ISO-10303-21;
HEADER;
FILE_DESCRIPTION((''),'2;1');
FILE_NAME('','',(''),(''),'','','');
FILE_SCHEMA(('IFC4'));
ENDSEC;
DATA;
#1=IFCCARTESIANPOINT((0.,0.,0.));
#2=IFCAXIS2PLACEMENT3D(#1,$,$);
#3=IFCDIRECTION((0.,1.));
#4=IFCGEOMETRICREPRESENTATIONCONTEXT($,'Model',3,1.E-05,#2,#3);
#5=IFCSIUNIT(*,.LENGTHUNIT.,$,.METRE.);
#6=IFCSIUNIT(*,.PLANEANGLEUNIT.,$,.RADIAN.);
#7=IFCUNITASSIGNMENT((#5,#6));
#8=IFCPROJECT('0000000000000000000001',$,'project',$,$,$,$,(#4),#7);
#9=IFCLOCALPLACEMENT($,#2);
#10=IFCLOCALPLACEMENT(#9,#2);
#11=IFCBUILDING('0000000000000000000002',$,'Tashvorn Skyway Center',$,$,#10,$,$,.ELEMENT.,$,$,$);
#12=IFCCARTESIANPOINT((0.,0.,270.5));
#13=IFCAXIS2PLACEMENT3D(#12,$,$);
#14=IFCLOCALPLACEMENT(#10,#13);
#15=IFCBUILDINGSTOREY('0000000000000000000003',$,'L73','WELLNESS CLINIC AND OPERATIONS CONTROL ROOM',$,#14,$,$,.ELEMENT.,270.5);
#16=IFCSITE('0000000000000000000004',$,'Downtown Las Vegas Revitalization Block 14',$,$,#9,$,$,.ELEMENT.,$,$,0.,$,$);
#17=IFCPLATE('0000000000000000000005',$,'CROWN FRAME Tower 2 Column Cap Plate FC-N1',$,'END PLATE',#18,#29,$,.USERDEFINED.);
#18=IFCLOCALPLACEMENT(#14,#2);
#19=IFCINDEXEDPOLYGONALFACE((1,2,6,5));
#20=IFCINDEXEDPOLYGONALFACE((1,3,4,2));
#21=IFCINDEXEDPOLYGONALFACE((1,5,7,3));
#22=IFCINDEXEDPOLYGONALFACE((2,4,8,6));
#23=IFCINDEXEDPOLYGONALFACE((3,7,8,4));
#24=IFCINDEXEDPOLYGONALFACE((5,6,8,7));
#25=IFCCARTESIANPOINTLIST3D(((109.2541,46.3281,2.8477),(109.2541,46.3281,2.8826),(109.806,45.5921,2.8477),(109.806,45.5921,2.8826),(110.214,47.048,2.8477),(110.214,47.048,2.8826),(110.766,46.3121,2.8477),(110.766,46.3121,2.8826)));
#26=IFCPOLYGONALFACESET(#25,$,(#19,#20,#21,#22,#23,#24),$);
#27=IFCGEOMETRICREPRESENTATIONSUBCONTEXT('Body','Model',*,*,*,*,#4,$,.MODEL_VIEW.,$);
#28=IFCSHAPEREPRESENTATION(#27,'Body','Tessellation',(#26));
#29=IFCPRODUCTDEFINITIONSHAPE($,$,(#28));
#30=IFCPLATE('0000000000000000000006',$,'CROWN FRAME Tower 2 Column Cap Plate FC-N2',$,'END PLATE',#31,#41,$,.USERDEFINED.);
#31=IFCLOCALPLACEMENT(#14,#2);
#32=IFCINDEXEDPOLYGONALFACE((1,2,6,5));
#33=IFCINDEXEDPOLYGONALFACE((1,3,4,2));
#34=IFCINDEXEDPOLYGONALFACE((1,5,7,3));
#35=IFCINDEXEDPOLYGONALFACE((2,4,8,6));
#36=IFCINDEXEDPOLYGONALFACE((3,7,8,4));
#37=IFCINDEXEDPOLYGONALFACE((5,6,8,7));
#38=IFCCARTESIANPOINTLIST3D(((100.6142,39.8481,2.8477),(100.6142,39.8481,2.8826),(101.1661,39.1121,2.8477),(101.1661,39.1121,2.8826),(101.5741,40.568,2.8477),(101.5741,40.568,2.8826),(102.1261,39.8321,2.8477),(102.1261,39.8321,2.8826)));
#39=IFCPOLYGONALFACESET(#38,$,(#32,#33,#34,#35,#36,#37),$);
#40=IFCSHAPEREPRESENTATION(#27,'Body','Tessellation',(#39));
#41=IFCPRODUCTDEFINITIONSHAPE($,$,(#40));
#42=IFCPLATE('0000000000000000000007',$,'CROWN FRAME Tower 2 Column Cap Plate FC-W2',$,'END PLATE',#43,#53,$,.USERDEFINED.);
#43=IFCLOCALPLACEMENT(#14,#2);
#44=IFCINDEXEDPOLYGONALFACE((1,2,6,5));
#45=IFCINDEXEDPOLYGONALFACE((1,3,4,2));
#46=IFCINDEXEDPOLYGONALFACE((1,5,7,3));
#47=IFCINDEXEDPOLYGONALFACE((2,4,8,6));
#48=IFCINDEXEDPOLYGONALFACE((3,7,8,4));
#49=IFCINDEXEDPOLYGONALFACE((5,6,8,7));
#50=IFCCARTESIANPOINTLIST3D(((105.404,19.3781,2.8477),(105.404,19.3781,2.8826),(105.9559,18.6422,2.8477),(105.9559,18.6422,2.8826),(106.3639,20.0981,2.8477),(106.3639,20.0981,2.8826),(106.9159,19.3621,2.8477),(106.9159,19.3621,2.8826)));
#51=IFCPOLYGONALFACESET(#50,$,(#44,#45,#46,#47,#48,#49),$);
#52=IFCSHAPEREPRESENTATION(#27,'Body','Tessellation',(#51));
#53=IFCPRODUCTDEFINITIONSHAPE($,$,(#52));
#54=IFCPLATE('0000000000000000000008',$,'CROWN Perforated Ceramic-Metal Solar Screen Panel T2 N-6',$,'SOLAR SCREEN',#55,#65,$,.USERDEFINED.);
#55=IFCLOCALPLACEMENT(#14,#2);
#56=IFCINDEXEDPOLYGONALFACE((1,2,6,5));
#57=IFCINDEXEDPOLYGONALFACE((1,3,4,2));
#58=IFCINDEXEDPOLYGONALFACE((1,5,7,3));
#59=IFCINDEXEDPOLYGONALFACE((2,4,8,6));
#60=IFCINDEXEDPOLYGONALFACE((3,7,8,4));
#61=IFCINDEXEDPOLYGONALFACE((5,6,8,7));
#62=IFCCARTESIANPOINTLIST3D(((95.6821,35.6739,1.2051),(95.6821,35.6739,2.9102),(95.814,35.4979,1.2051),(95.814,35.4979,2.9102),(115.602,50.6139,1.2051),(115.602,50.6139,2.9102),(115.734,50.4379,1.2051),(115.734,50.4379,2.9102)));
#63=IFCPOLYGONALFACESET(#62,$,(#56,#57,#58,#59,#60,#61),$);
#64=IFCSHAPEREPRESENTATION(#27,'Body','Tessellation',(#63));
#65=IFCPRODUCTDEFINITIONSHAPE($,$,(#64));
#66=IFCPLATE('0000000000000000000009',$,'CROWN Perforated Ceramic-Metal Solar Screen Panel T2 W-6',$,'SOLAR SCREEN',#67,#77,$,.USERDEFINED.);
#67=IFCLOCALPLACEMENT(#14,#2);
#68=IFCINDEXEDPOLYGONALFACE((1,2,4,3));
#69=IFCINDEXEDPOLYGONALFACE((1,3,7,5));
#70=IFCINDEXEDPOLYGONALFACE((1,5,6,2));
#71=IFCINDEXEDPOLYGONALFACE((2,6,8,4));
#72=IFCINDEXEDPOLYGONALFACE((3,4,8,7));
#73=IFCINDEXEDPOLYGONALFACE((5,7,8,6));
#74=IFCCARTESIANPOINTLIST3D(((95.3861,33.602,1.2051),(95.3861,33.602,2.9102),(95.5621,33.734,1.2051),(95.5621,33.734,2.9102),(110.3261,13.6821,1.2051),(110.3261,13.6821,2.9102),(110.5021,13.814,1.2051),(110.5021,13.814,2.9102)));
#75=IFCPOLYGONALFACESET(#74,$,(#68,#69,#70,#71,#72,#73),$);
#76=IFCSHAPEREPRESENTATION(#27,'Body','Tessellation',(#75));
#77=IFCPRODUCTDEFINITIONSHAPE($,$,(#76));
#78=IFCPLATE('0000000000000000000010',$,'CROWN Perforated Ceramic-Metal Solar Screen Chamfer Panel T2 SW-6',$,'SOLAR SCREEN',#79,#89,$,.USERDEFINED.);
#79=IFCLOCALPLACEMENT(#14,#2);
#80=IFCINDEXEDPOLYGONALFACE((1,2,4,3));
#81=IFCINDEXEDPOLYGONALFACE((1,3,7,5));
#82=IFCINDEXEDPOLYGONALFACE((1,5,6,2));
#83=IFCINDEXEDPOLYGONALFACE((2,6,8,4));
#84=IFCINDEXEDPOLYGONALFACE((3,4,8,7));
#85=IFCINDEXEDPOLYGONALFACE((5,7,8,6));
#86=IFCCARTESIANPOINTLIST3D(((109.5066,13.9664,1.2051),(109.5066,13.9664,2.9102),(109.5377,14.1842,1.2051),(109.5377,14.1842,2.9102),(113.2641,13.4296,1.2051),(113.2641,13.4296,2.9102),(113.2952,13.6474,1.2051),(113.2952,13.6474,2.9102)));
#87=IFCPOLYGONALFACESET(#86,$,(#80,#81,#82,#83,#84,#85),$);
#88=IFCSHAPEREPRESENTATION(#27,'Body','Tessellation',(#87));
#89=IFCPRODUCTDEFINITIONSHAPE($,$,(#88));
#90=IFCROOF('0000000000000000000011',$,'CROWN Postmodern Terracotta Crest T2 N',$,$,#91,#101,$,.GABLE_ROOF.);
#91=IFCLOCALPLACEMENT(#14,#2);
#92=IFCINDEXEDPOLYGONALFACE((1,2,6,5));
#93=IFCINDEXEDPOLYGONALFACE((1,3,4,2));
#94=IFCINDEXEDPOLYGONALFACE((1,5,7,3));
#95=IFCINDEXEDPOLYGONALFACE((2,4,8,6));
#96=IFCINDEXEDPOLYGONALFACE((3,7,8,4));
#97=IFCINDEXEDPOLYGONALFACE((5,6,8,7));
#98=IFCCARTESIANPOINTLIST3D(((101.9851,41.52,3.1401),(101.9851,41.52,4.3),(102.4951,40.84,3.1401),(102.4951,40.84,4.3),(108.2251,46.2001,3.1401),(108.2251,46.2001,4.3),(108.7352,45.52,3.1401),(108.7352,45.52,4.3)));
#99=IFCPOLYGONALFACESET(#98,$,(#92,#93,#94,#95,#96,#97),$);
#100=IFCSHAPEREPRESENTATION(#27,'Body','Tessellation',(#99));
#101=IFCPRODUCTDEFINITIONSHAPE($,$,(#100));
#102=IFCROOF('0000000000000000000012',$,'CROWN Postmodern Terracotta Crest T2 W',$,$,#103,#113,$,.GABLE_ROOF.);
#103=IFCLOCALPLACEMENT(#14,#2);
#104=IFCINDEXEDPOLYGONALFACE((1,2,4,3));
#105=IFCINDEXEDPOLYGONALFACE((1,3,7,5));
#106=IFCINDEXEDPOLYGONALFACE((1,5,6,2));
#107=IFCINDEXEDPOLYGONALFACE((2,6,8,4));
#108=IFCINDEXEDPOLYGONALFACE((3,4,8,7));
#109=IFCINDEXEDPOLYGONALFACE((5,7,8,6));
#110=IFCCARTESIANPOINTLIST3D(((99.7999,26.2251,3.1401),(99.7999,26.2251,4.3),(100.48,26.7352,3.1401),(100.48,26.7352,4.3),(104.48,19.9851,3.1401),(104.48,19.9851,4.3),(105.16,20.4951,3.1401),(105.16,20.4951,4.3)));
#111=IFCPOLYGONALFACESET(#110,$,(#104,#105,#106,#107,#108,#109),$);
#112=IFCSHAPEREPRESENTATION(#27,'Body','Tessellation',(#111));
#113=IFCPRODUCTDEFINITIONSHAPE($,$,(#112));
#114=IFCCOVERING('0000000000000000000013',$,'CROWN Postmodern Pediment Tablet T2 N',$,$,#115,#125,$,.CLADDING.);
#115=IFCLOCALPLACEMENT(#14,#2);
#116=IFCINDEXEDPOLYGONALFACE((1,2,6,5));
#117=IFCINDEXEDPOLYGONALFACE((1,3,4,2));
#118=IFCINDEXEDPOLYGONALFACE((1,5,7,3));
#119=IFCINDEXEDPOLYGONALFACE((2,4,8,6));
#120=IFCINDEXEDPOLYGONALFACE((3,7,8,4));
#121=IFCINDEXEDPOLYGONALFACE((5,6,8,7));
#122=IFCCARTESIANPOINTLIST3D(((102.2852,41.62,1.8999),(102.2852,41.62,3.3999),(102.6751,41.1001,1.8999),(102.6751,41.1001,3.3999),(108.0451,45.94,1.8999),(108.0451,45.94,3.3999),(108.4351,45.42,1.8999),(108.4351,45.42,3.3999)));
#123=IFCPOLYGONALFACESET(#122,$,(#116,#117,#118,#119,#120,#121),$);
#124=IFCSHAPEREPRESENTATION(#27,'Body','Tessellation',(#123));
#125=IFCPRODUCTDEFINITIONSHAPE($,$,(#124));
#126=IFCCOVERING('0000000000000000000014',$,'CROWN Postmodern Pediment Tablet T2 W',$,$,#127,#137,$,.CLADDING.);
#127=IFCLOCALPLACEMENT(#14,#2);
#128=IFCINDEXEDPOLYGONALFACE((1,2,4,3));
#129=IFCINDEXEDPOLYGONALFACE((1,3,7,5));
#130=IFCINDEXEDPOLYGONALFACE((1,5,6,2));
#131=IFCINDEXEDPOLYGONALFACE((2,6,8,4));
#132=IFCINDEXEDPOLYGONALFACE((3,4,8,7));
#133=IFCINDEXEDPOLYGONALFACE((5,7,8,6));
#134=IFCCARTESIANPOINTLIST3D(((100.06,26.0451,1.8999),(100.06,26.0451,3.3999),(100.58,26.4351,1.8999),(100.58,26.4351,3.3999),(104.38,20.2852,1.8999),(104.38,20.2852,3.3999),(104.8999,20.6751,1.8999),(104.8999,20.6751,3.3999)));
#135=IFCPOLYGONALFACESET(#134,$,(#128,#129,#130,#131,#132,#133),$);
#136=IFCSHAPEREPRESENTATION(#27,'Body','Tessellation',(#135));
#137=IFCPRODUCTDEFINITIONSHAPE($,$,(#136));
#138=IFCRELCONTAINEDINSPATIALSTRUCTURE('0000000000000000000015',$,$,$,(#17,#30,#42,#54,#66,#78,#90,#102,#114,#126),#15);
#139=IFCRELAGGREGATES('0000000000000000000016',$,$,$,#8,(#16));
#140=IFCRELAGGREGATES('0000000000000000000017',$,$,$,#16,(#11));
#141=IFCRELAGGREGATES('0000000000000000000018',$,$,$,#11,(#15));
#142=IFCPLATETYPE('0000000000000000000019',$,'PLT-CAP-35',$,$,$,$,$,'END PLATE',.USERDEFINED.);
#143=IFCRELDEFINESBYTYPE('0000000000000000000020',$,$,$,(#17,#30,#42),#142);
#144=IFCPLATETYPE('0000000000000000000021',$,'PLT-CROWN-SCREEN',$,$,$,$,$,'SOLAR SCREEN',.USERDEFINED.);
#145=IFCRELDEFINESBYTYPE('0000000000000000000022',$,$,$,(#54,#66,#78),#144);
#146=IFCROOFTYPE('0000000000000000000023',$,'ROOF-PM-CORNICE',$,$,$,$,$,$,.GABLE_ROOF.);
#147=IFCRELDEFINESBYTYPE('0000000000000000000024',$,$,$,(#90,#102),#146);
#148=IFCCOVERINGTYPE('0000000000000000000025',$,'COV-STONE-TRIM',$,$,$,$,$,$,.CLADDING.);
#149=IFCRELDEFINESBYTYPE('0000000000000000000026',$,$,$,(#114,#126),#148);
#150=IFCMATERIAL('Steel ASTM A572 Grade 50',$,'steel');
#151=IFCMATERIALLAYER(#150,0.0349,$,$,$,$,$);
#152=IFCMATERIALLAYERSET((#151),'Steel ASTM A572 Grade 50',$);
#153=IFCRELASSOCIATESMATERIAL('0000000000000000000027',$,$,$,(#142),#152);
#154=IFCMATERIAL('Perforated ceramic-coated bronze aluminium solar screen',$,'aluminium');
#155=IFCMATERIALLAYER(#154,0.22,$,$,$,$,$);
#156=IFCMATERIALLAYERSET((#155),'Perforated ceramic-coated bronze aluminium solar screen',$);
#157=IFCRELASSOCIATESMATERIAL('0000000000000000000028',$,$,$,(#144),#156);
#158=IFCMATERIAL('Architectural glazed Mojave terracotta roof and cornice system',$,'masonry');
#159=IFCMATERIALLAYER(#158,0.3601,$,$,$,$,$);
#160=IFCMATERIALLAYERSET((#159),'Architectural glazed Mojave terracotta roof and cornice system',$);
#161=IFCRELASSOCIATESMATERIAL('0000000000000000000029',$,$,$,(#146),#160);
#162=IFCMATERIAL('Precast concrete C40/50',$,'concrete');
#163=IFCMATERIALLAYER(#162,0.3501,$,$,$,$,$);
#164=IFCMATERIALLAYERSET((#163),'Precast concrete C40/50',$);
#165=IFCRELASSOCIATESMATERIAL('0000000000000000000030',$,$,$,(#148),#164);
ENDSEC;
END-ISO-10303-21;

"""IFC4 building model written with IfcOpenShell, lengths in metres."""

from ifc_helpers import new_model, si_unit, direction, frame, origin, origin_2d, place, context, subcontext, project, spatial, rectangle, extrude, material, layer, layer_set, type_object, element, save


model = new_model("IFC4")

# Units and contexts
model_context = context("Model", 3, precision=1e-05, world=origin(), true_north=direction((0.0, 1.0)))
body_context = subcontext(model_context, "Body", "Model", "MODEL_VIEW")
ifc_project = project(units=[si_unit("LENGTHUNIT", "METRE"), si_unit("PLANEANGLEUNIT", "RADIAN")], contexts=[model_context])

# Site, building, storey
site_placement = place(None, origin())
site = spatial("IfcSite", under=ifc_project, at=site_placement, Name="Downtown Las Vegas Revitalization Block 14", CompositionType="ELEMENT", RefElevation=0.0)
building_placement = place(site_placement, origin())
building = spatial("IfcBuilding", under=site, at=building_placement, Name="Tashvorn Skyway Center", CompositionType="ELEMENT")
storey_placement = place(building_placement, frame((0.0, 0.0, 270.5)))
storey = spatial("IfcBuildingStorey", under=building, at=storey_placement, Name="L73", Description="WELLNESS CLINIC AND OPERATIONS CONTROL ROOM", CompositionType="ELEMENT", Elevation=270.5)

# Shared definitions
ifc_material_1 = material(Name="Steel ASTM A572 Grade 50", Category="steel")

# Plates
ifc_layer_1 = layer(ifc_material_1, 0.0349)
ifc_layer_set_1 = layer_set([ifc_layer_1], Name="Steel ASTM A572 Grade 50")
plate_type_1 = type_object("IfcPlateType", Name="PLT-CAP-35", ElementType="END PLATE", PredefinedType="USERDEFINED", material=ifc_layer_set_1)
for number, where, z_axis, x_axis, name in (
    (1, (110.01, 46.3201, 2.8477), (0.0, 0.0, 1.0), (0.8, 0.6, 0.0), "CROWN FRAME Tower 2 Column Cap Plate FC-N1"),
    (2, (101.3701, 39.8401, 2.8477), (0.0, 0.0, 1.0), (0.8, 0.6, 0.0), "CROWN FRAME Tower 2 Column Cap Plate FC-N2"),
    (3, (106.1599, 19.3701, 2.8477), (0.0, 0.0, 1.0), (0.8, 0.6, 0.0), "CROWN FRAME Tower 2 Column Cap Plate FC-W2"),
):
    element("IfcPlate", number, at=place(storey_placement, frame(where, z_axis=z_axis, x_axis=x_axis)), inside=storey, type_object=plate_type_1, Name=name, ObjectType="END PLATE", PredefinedType="USERDEFINED", context=body_context, shape_type="SweptSolid", body=[
        extrude(rectangle(XDim=1.2, YDim=0.9199, at=origin_2d()), origin(), (0.0, 0.0, 1.0), 0.0349),
    ])
ifc_material_2 = material(Name="Perforated ceramic-coated bronze aluminium solar screen", Category="aluminium")
ifc_layer_2 = layer(ifc_material_2, 0.22)
ifc_layer_set_2 = layer_set([ifc_layer_2], Name="Perforated ceramic-coated bronze aluminium solar screen")
plate_type_2 = type_object("IfcPlateType", Name="PLT-CROWN-SCREEN", ElementType="SOLAR SCREEN", PredefinedType="USERDEFINED", material=ifc_layer_set_2)
for number, where, z_axis, x_axis, name in (
    (4, (105.708, 43.0559, 1.2051), (0.0, 0.0, 1.0), (-0.8, -0.6, 0.0), "CROWN Perforated Ceramic-Metal Solar Screen Panel T2 N-6"),
    (5, (102.9441, 23.708, 1.2051), (0.0, 0.0, 1.0), (0.6, -0.8, 0.0), "CROWN Perforated Ceramic-Metal Solar Screen Panel T2 W-6"),
):
    element("IfcPlate", number, at=place(storey_placement, frame(where, z_axis=z_axis, x_axis=x_axis)), inside=storey, type_object=plate_type_2, Name=name, ObjectType="SOLAR SCREEN", PredefinedType="USERDEFINED", context=body_context, shape_type="SweptSolid", body=[
        extrude(rectangle(XDim=24.8999, YDim=0.22, at=origin_2d()), origin(), (0.0, 0.0, 1.0), 1.7051),
    ])
plate_placement = place(storey_placement, frame((111.4009, 13.8069, 1.2051), z_axis=(0.0, 0.0, 1.0), x_axis=(-0.989949, 0.141421, 0.0)))
element("IfcPlate", 6, at=plate_placement, inside=storey, type_object=plate_type_2, Name="CROWN Perforated Ceramic-Metal Solar Screen Chamfer Panel T2 SW-6", ObjectType="SOLAR SCREEN", PredefinedType="USERDEFINED", context=body_context, shape_type="SweptSolid", body=[
    extrude(rectangle(XDim=3.7957, YDim=0.22, at=origin_2d()), origin(), (0.0, 0.0, 1.0), 1.7051),
])

# Roofs
ifc_material_3 = material(Name="Architectural glazed Mojave terracotta roof and cornice system", Category="masonry")
ifc_layer_3 = layer(ifc_material_3, 0.3601)
ifc_layer_set_3 = layer_set([ifc_layer_3], Name="Architectural glazed Mojave terracotta roof and cornice system")
roof_type = type_object("IfcRoofType", Name="ROOF-PM-CORNICE", PredefinedType="GABLE_ROOF", material=ifc_layer_set_3)
for number, where, z_axis, x_axis, name in (
    (7, (105.3601, 43.52, 3.1401), (0.0, 0.0, 1.0), (-0.8, -0.6, 0.0), "CROWN Postmodern Terracotta Crest T2 N"),
    (8, (102.48, 23.3601, 3.1401), (0.0, 0.0, 1.0), (0.6, -0.8, 0.0), "CROWN Postmodern Terracotta Crest T2 W"),
):
    element("IfcRoof", number, at=place(storey_placement, frame(where, z_axis=z_axis, x_axis=x_axis)), inside=storey, type_object=roof_type, Name=name, PredefinedType="GABLE_ROOF", context=body_context, shape_type="SweptSolid", body=[
        extrude(rectangle(XDim=7.8, YDim=0.8501, at=origin_2d()), origin(), (0.0, 0.0, 1.0), 1.1599),
    ])

# Coverings
ifc_material_4 = material(Name="Precast concrete C40/50", Category="concrete")
ifc_layer_4 = layer(ifc_material_4, 0.3501)
ifc_layer_set_4 = layer_set([ifc_layer_4], Name="Precast concrete C40/50")
covering_type = type_object("IfcCoveringType", Name="COV-STONE-TRIM", PredefinedType="CLADDING", material=ifc_layer_set_4)
for number, where, z_axis, x_axis, name in (
    (9, (105.3601, 43.52, 1.8999), (0.0, 0.0, 1.0), (-0.8, -0.6, 0.0), "CROWN Postmodern Pediment Tablet T2 N"),
    (10, (102.48, 23.3601, 1.8999), (0.0, 0.0, 1.0), (0.6, -0.8, 0.0), "CROWN Postmodern Pediment Tablet T2 W"),
):
    element("IfcCovering", number, at=place(storey_placement, frame(where, z_axis=z_axis, x_axis=x_axis)), inside=storey, type_object=covering_type, Name=name, PredefinedType="CLADDING", context=body_context, shape_type="SweptSolid", body=[
        extrude(rectangle(XDim=7.2, YDim=0.6499, at=origin_2d()), origin(), (0.0, 0.0, 1.0), 1.5),
    ])

save(model, "model.ifc")
